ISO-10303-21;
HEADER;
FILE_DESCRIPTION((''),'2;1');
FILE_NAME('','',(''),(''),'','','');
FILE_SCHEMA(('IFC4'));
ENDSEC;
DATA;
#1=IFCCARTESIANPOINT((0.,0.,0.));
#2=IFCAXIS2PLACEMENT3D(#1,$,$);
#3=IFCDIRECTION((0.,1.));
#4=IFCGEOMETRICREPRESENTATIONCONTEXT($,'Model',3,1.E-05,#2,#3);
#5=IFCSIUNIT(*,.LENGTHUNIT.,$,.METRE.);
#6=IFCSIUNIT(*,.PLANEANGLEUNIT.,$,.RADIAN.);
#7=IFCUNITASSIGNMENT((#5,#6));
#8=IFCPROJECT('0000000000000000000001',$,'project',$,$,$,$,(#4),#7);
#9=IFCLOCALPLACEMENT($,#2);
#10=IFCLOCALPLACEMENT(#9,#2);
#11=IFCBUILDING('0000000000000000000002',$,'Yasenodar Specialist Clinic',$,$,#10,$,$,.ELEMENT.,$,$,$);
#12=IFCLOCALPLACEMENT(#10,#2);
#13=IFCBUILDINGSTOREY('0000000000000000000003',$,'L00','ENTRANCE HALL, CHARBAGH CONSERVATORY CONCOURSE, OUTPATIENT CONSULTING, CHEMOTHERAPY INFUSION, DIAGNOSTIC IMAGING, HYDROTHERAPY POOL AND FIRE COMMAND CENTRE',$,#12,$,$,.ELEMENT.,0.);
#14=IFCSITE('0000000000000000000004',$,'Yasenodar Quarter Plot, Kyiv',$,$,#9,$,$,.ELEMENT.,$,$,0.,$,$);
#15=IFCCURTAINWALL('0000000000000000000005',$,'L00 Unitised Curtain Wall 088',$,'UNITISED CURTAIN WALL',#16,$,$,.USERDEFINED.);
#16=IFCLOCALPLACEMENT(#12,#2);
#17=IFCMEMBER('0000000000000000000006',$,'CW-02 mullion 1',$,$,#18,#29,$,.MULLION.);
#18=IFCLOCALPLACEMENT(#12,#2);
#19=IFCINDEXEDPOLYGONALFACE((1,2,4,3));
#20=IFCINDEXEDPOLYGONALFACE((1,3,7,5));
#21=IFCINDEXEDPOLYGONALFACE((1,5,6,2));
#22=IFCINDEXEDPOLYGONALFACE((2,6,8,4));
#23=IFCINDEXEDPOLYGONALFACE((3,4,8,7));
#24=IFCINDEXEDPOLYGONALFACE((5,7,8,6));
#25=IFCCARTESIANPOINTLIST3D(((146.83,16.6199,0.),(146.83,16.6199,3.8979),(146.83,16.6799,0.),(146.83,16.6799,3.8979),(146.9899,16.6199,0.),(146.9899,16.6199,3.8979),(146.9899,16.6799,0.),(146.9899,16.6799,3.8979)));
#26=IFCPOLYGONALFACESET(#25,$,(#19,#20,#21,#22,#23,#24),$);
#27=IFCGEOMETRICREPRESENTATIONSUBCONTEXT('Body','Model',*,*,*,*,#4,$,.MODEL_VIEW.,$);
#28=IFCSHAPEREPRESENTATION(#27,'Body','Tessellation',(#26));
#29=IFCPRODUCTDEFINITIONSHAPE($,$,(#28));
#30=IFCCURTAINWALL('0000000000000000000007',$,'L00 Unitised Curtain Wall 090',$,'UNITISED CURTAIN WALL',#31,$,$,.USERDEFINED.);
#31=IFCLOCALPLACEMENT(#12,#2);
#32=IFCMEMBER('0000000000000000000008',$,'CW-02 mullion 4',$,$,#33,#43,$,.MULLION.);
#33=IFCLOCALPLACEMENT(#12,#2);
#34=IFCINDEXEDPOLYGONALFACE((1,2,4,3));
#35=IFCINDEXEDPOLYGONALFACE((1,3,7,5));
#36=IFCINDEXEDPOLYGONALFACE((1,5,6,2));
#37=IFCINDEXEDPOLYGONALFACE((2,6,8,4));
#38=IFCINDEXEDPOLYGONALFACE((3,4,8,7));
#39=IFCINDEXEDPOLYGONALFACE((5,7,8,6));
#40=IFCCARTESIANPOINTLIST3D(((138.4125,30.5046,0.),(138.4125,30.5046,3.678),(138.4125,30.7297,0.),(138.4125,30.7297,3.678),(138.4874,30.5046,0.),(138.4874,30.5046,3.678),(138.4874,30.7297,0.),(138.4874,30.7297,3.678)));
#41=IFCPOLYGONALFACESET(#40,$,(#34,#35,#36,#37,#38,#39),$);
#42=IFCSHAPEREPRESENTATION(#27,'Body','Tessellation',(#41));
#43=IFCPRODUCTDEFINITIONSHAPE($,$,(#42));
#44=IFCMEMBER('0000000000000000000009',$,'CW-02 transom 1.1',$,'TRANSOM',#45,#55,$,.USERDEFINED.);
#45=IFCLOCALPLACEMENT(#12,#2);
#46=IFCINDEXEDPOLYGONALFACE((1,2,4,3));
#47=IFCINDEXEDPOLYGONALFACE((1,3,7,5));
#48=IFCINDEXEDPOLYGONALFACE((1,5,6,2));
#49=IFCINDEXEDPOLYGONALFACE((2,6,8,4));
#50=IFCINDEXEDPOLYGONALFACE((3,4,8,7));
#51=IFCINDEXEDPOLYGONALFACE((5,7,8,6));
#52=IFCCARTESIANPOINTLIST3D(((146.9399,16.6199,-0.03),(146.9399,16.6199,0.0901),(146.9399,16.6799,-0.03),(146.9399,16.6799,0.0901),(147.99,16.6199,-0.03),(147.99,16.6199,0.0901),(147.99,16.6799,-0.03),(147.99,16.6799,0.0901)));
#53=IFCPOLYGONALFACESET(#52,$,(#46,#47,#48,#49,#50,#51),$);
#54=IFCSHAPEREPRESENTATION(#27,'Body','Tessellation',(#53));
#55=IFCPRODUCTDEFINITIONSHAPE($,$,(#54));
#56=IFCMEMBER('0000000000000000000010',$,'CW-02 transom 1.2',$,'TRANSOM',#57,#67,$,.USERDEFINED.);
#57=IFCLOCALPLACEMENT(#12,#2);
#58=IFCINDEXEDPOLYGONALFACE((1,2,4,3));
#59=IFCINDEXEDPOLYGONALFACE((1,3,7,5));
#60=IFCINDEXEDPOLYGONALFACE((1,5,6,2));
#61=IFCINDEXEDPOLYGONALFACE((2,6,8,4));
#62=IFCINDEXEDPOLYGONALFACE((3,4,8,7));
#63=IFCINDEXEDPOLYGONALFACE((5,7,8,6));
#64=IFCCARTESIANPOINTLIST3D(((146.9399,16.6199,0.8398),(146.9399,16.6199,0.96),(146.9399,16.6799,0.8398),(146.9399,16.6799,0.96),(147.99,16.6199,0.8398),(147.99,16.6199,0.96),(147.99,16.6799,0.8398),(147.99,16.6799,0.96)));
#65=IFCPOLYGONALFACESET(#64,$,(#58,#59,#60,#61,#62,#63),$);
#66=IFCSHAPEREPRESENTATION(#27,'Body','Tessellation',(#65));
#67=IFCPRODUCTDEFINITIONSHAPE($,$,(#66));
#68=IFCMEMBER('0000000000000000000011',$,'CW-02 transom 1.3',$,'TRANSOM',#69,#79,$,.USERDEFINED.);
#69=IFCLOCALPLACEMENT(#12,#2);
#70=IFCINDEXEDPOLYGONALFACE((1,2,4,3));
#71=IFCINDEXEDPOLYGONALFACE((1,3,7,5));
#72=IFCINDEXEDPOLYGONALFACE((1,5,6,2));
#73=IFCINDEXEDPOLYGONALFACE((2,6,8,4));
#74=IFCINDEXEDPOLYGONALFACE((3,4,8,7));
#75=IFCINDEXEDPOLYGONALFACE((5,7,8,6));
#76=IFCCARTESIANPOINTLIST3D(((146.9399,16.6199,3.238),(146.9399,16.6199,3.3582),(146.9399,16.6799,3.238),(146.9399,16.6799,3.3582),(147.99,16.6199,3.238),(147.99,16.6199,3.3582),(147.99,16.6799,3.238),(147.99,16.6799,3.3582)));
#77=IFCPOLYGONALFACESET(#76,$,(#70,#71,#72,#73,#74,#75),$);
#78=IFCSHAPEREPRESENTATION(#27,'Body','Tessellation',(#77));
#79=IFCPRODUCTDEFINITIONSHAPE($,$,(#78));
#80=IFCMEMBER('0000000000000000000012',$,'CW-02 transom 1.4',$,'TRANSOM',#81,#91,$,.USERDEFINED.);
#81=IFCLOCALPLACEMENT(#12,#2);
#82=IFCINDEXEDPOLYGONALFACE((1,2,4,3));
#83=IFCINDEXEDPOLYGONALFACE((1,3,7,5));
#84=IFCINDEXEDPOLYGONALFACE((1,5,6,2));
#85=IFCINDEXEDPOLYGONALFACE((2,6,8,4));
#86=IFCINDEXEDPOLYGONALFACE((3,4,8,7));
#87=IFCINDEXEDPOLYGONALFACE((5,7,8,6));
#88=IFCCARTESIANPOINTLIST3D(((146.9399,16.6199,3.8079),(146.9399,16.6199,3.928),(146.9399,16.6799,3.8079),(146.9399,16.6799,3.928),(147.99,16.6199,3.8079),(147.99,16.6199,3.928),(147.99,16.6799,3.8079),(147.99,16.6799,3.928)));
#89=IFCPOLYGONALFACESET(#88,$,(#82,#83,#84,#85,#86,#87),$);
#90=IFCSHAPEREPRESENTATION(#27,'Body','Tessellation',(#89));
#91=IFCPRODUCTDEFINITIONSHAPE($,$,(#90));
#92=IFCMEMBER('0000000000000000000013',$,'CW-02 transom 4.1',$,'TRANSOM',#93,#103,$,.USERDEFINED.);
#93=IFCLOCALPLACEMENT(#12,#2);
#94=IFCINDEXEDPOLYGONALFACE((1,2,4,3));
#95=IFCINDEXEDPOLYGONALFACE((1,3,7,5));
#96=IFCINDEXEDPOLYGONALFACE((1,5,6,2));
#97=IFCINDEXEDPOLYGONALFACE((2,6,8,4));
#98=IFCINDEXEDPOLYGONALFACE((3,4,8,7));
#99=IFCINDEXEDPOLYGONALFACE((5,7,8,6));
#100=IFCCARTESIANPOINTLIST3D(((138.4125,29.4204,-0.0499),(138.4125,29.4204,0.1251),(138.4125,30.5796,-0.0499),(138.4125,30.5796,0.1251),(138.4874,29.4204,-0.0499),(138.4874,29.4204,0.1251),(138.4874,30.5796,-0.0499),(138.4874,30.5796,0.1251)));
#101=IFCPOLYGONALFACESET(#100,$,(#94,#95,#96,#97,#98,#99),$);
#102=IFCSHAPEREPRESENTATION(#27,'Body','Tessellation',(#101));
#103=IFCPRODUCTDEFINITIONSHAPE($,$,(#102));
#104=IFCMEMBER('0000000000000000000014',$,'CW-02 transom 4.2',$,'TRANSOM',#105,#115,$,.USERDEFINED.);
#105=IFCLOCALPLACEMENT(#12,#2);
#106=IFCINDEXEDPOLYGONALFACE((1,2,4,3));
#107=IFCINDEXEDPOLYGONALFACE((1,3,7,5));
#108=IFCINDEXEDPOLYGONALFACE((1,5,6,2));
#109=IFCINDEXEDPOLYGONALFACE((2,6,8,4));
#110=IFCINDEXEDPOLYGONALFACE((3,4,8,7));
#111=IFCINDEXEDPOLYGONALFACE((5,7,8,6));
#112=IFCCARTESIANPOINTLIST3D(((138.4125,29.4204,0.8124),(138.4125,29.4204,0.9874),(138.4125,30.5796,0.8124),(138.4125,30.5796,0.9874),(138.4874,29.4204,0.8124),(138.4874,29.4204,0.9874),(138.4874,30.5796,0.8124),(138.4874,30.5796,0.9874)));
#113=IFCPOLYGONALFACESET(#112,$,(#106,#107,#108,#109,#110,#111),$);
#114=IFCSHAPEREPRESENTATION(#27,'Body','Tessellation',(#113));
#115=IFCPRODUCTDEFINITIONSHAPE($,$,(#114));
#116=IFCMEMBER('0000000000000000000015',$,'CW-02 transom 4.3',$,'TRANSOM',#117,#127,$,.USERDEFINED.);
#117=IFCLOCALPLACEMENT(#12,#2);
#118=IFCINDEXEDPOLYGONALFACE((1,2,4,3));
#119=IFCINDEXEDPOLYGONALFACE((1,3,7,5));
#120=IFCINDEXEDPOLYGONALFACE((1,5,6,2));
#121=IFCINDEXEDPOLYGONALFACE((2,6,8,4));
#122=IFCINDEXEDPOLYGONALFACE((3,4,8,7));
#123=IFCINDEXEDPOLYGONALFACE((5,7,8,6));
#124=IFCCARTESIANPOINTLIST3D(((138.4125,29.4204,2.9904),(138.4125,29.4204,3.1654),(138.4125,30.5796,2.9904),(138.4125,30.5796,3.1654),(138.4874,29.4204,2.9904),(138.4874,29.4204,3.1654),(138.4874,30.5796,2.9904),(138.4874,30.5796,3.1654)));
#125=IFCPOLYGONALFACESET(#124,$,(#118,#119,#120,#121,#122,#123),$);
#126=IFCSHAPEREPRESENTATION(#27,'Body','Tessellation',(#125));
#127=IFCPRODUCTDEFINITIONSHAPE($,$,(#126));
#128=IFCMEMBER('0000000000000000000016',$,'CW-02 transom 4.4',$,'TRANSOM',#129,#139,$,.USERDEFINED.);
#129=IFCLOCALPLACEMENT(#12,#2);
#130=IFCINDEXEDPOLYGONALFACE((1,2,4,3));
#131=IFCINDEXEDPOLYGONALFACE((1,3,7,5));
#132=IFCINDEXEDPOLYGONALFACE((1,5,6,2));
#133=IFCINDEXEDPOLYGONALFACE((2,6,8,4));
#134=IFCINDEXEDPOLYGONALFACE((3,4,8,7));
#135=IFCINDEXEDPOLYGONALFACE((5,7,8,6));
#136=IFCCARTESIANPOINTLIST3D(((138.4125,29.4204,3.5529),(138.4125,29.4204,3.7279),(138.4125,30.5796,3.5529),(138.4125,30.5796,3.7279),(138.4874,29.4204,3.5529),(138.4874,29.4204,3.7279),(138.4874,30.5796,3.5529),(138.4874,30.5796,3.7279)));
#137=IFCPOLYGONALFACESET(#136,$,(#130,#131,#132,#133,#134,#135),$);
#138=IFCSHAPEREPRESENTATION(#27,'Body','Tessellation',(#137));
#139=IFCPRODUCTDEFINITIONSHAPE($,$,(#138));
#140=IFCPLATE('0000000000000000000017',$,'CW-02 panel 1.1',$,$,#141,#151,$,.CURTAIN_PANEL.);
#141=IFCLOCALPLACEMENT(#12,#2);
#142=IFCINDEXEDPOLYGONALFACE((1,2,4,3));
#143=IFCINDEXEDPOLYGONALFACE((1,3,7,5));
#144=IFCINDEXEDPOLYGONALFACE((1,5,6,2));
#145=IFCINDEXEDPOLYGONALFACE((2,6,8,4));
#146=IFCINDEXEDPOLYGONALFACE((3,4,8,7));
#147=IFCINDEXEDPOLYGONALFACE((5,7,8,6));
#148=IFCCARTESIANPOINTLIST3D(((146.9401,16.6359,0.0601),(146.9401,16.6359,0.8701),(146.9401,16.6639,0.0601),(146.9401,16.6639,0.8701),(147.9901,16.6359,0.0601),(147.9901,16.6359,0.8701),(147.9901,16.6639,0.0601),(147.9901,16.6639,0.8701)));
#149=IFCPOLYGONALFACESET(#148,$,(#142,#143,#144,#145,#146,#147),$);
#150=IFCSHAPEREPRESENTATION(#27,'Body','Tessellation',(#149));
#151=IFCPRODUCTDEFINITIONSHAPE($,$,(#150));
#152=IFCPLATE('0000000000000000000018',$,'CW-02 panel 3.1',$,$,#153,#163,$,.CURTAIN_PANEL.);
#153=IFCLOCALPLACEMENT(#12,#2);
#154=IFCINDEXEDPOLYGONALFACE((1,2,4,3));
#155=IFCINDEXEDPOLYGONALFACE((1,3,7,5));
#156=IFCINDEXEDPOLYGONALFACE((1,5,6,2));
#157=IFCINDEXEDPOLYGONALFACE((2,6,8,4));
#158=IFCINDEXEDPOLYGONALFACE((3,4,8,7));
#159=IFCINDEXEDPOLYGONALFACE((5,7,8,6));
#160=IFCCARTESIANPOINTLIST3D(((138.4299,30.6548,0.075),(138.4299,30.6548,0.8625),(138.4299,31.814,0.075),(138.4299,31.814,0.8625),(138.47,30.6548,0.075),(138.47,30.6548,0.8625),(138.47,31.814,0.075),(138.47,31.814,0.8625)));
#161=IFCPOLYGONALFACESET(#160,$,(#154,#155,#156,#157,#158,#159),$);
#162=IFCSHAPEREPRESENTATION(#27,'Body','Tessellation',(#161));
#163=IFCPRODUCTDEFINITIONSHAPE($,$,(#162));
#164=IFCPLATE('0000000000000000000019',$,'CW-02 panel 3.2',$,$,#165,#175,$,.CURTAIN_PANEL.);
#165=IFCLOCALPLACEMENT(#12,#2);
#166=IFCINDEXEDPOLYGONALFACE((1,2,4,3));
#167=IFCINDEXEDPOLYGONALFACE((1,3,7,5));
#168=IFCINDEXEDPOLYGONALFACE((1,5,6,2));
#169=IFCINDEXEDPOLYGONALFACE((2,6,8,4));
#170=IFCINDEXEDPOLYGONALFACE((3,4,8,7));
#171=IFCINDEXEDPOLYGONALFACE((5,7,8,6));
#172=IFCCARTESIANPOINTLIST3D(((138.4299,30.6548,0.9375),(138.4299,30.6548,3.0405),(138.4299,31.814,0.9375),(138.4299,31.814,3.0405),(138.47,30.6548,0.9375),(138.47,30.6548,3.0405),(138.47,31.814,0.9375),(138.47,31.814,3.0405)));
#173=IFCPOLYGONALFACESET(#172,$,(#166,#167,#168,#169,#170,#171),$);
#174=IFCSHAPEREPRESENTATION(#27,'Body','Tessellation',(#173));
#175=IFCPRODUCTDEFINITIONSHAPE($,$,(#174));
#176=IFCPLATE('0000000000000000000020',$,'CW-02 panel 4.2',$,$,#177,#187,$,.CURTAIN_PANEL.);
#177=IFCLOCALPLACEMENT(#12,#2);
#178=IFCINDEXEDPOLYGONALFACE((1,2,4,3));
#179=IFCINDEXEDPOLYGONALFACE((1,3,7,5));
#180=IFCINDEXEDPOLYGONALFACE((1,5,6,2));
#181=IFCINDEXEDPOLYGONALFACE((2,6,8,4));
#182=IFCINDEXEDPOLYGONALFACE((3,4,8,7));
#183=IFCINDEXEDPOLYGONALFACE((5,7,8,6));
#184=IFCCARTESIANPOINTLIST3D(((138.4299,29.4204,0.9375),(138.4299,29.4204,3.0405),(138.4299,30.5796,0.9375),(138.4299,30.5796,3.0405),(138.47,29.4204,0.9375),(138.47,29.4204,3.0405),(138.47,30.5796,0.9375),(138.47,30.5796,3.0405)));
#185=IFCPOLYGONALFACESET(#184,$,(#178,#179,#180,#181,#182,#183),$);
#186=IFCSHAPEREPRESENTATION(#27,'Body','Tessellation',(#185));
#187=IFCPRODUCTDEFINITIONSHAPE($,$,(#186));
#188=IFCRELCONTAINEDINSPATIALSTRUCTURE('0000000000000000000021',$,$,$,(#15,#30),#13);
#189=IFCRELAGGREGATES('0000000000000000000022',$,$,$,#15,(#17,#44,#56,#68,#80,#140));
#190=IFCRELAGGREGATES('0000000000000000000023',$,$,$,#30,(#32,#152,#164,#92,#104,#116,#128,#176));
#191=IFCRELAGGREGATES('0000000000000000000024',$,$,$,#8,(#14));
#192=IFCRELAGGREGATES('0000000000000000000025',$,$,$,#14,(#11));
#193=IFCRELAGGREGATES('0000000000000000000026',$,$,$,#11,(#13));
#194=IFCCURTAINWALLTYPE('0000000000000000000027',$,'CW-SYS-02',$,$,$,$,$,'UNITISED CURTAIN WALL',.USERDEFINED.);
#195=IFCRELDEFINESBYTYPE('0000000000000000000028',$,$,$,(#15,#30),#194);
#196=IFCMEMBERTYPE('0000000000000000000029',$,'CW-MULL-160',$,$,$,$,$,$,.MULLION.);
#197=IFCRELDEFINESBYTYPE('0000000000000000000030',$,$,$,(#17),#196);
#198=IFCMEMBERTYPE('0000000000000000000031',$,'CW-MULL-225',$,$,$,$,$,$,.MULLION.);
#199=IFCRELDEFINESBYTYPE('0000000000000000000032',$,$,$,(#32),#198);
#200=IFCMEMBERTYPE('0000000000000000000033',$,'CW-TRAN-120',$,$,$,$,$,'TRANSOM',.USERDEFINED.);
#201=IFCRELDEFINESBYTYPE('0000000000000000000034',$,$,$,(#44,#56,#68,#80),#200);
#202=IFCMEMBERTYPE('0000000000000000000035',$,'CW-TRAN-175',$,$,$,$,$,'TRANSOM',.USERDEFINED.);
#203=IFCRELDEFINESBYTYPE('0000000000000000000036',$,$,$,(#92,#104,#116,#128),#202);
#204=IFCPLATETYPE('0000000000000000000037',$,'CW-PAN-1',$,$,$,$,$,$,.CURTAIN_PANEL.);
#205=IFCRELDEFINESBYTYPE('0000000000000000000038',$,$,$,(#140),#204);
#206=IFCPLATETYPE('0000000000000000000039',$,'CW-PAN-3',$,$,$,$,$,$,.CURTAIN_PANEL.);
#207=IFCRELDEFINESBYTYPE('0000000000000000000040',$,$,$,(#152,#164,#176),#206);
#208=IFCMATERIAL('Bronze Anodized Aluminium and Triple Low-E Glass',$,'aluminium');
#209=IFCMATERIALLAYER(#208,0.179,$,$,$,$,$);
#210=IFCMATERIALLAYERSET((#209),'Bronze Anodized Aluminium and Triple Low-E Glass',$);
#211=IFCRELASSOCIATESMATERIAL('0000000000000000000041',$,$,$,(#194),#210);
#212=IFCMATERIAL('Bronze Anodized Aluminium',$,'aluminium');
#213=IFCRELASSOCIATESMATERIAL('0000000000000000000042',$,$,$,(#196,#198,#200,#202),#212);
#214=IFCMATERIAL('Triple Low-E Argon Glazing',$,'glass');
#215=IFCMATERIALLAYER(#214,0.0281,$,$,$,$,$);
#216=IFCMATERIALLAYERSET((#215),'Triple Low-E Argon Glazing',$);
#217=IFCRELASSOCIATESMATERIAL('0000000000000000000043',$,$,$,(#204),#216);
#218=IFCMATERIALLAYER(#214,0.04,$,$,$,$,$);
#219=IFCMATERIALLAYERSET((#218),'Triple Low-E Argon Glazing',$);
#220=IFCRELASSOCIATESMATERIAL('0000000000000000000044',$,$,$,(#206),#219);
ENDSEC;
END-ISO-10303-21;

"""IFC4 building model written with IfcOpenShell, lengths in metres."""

from ifc_helpers import new_model, si_unit, direction, frame, origin, origin_2d, place, context, subcontext, project, spatial, rectangle, extrude, material, layer, layer_set, material_profile, profile_set, type_object, element, aggregate, save


model = new_model("IFC4")

# Units and contexts
model_context = context("Model", 3, precision=1e-05, world=origin(), true_north=direction((0.0, 1.0)))
body_context = subcontext(model_context, "Body", "Model", "MODEL_VIEW")
ifc_project = project(units=[si_unit("LENGTHUNIT", "METRE"), si_unit("PLANEANGLEUNIT", "RADIAN")], contexts=[model_context])

# Site, building, storey
site_placement = place(None, origin())
site = spatial("IfcSite", under=ifc_project, at=site_placement, Name="Yasenodar Quarter Plot, Kyiv", CompositionType="ELEMENT", RefElevation=0.0)
building_placement = place(site_placement, origin())
building = spatial("IfcBuilding", under=site, at=building_placement, Name="Yasenodar Specialist Clinic", CompositionType="ELEMENT")
storey_placement = place(building_placement, origin())
storey = spatial("IfcBuildingStorey", under=building, at=storey_placement, Name="L00", Description="ENTRANCE HALL, CHARBAGH CONSERVATORY CONCOURSE, OUTPATIENT CONSULTING, CHEMOTHERAPY INFUSION, DIAGNOSTIC IMAGING, HYDROTHERAPY POOL AND FIRE COMMAND CENTRE", CompositionType="ELEMENT", Elevation=0.0)

# Curtain walls, members
ifc_material_1 = material(Name="Bronze Anodized Aluminium and Triple Low-E Glass", Category="aluminium")
ifc_layer_1 = layer(ifc_material_1, 0.179)
ifc_layer_set_1 = layer_set([ifc_layer_1], Name="Bronze Anodized Aluminium and Triple Low-E Glass")
curtain_wall_type = type_object("IfcCurtainWallType", Name="CW-SYS-02", ElementType="UNITISED CURTAIN WALL", PredefinedType="USERDEFINED", material=ifc_layer_set_1)
curtain_wall_1_placement = place(storey_placement, origin())
curtain_wall_1 = element("IfcCurtainWall", 1, at=curtain_wall_1_placement, inside=storey, type_object=curtain_wall_type, Name="L00 Unitised Curtain Wall 088", ObjectType="UNITISED CURTAIN WALL", PredefinedType="USERDEFINED")
ifc_material_2 = material(Name="Bronze Anodized Aluminium", Category="aluminium")
ifc_material_profile_1 = material_profile(ifc_material_2, rectangle(XDim=0.0601, YDim=0.1599, at=origin_2d()), Name="CW-MULL 60x160")
ifc_profile_set_1 = profile_set([ifc_material_profile_1], Name="Bronze Anodized Aluminium")
member_type_1 = type_object("IfcMemberType", Name="CW-MULL-160", PredefinedType="MULLION", material=ifc_profile_set_1)
member_1_placement = place(storey_placement, frame((146.9099, 16.6499, 0.0), z_axis=(0.0, 0.0, 1.0), x_axis=(0.0, 1.0, 0.0)))
member_1 = element("IfcMember", 2, at=member_1_placement, type_object=member_type_1, Name="CW-02 mullion 1", PredefinedType="MULLION", context=body_context, shape_type="SweptSolid", body=[
    extrude(rectangle(XDim=0.0601, YDim=0.1599, at=origin_2d()), origin(), (0.0, 0.0, 1.0), 3.8979),
])
curtain_wall_2_placement = place(storey_placement, origin())
curtain_wall_2 = element("IfcCurtainWall", 3, at=curtain_wall_2_placement, inside=storey, type_object=curtain_wall_type, Name="L00 Unitised Curtain Wall 090", ObjectType="UNITISED CURTAIN WALL", PredefinedType="USERDEFINED")
ifc_material_profile_2 = material_profile(ifc_material_2, rectangle(XDim=0.075, YDim=0.2251, at=origin_2d()), Name="CW-MULL 75x225")
ifc_profile_set_2 = profile_set([ifc_material_profile_2], Name="Bronze Anodized Aluminium")
member_type_2 = type_object("IfcMemberType", Name="CW-MULL-225", PredefinedType="MULLION", material=ifc_profile_set_2)
member_2_placement = place(storey_placement, frame((138.45, 30.6172, 0.0), z_axis=(0.0, 0.0, 1.0), x_axis=(1.0, 0.0, 0.0)))
member_2 = element("IfcMember", 4, at=member_2_placement, type_object=member_type_2, Name="CW-02 mullion 4", PredefinedType="MULLION", context=body_context, shape_type="SweptSolid", body=[
    extrude(rectangle(XDim=0.075, YDim=0.2251, at=origin_2d()), origin(), (0.0, 0.0, 1.0), 3.678),
])

# Members
ifc_material_profile_3 = material_profile(ifc_material_2, rectangle(XDim=0.0601, YDim=0.1201, at=origin_2d()), Name="CW-TRAN 60x120")
ifc_profile_set_3 = profile_set([ifc_material_profile_3], Name="Bronze Anodized Aluminium")
member_type_3 = type_object("IfcMemberType", Name="CW-TRAN-120", ElementType="TRANSOM", PredefinedType="USERDEFINED", material=ifc_profile_set_3)
member_3_placement = place(storey_placement, frame((146.9399, 16.6499, 0.03), z_axis=(1.0, 0.0, 0.0), x_axis=(0.0, 1.0, 0.0)))
member_3 = element("IfcMember", 5, at=member_3_placement, type_object=member_type_3, Name="CW-02 transom 1.1", ObjectType="TRANSOM", PredefinedType="USERDEFINED", context=body_context, shape_type="SweptSolid", body=[
    extrude(rectangle(XDim=0.0601, YDim=0.1201, at=origin_2d()), origin(), (0.0, 0.0, 1.0), 1.05),
])
member_4_placement = place(storey_placement, frame((146.9399, 16.6499, 0.8999), z_axis=(1.0, 0.0, 0.0), x_axis=(0.0, 1.0, 0.0)))
member_4 = element("IfcMember", 6, at=member_4_placement, type_object=member_type_3, Name="CW-02 transom 1.2", ObjectType="TRANSOM", PredefinedType="USERDEFINED", context=body_context, shape_type="SweptSolid", body=[
    extrude(rectangle(XDim=0.0601, YDim=0.1201, at=origin_2d()), origin(), (0.0, 0.0, 1.0), 1.05),
])
member_5_placement = place(storey_placement, frame((146.9399, 16.6499, 3.2981), z_axis=(1.0, 0.0, 0.0), x_axis=(0.0, 1.0, 0.0)))
member_5 = element("IfcMember", 7, at=member_5_placement, type_object=member_type_3, Name="CW-02 transom 1.3", ObjectType="TRANSOM", PredefinedType="USERDEFINED", context=body_context, shape_type="SweptSolid", body=[
    extrude(rectangle(XDim=0.0601, YDim=0.1201, at=origin_2d()), origin(), (0.0, 0.0, 1.0), 1.05),
])
member_6_placement = place(storey_placement, frame((146.9399, 16.6499, 3.8679), z_axis=(1.0, 0.0, 0.0), x_axis=(0.0, 1.0, 0.0)))
member_6 = element("IfcMember", 8, at=member_6_placement, type_object=member_type_3, Name="CW-02 transom 1.4", ObjectType="TRANSOM", PredefinedType="USERDEFINED", context=body_context, shape_type="SweptSolid", body=[
    extrude(rectangle(XDim=0.0601, YDim=0.1201, at=origin_2d()), origin(), (0.0, 0.0, 1.0), 1.05),
])
ifc_material_profile_4 = material_profile(ifc_material_2, rectangle(XDim=0.075, YDim=0.175, at=origin_2d()), Name="CW-TRAN 75x175")
ifc_profile_set_4 = profile_set([ifc_material_profile_4], Name="Bronze Anodized Aluminium")
member_type_4 = type_object("IfcMemberType", Name="CW-TRAN-175", ElementType="TRANSOM", PredefinedType="USERDEFINED", material=ifc_profile_set_4)
member_7_placement = place(storey_placement, frame((138.45, 30.5796, 0.0376), z_axis=(0.0, -1.0, 0.0), x_axis=(1.0, 0.0, 0.0)))
member_7 = element("IfcMember", 9, at=member_7_placement, type_object=member_type_4, Name="CW-02 transom 4.1", ObjectType="TRANSOM", PredefinedType="USERDEFINED", context=body_context, shape_type="SweptSolid", body=[
    extrude(rectangle(XDim=0.075, YDim=0.175, at=origin_2d()), origin(), (0.0, 0.0, 1.0), 1.1592),
])
member_8_placement = place(storey_placement, frame((138.45, 30.5796, 0.8999), z_axis=(0.0, -1.0, 0.0), x_axis=(1.0, 0.0, 0.0)))
member_8 = element("IfcMember", 10, at=member_8_placement, type_object=member_type_4, Name="CW-02 transom 4.2", ObjectType="TRANSOM", PredefinedType="USERDEFINED", context=body_context, shape_type="SweptSolid", body=[
    extrude(rectangle(XDim=0.075, YDim=0.175, at=origin_2d()), origin(), (0.0, 0.0, 1.0), 1.1592),
])
member_9_placement = place(storey_placement, frame((138.45, 30.5796, 3.0779), z_axis=(0.0, -1.0, 0.0), x_axis=(1.0, 0.0, 0.0)))
member_9 = element("IfcMember", 11, at=member_9_placement, type_object=member_type_4, Name="CW-02 transom 4.3", ObjectType="TRANSOM", PredefinedType="USERDEFINED", context=body_context, shape_type="SweptSolid", body=[
    extrude(rectangle(XDim=0.075, YDim=0.175, at=origin_2d()), origin(), (0.0, 0.0, 1.0), 1.1592),
])
member_10_placement = place(storey_placement, frame((138.45, 30.5796, 3.6404), z_axis=(0.0, -1.0, 0.0), x_axis=(1.0, 0.0, 0.0)))
member_10 = element("IfcMember", 12, at=member_10_placement, type_object=member_type_4, Name="CW-02 transom 4.4", ObjectType="TRANSOM", PredefinedType="USERDEFINED", context=body_context, shape_type="SweptSolid", body=[
    extrude(rectangle(XDim=0.075, YDim=0.175, at=origin_2d()), origin(), (0.0, 0.0, 1.0), 1.1592),
])

# Plates
ifc_material_3 = material(Name="Triple Low-E Argon Glazing", Category="glass")
ifc_layer_2 = layer(ifc_material_3, 0.0281)
ifc_layer_set_2 = layer_set([ifc_layer_2], Name="Triple Low-E Argon Glazing")
plate_type_1 = type_object("IfcPlateType", Name="CW-PAN-1", PredefinedType="CURTAIN_PANEL", material=ifc_layer_set_2)
plate_1_placement = place(storey_placement, frame((147.4651, 16.6499, 0.0601), z_axis=(0.0, 0.0, 1.0), x_axis=(1.0, 0.0, 0.0)))
plate_1 = element("IfcPlate", 13, at=plate_1_placement, type_object=plate_type_1, Name="CW-02 panel 1.1", PredefinedType="CURTAIN_PANEL", context=body_context, shape_type="SweptSolid", body=[
    extrude(rectangle(XDim=1.05, YDim=0.0281, at=origin_2d()), origin(), (0.0, 0.0, 1.0), 0.8101),
])
aggregate(curtain_wall_1, [member_1, member_3, member_4, member_5, member_6, plate_1])
ifc_layer_3 = layer(ifc_material_3, 0.04)
ifc_layer_set_3 = layer_set([ifc_layer_3], Name="Triple Low-E Argon Glazing")
plate_type_2 = type_object("IfcPlateType", Name="CW-PAN-3", PredefinedType="CURTAIN_PANEL", material=ifc_layer_set_3)
plate_2_placement = place(storey_placement, frame((138.45, 31.2344, 0.075), z_axis=(0.0, 0.0, 1.0), x_axis=(0.0, -1.0, 0.0)))
plate_2 = element("IfcPlate", 14, at=plate_2_placement, type_object=plate_type_2, Name="CW-02 panel 3.1", PredefinedType="CURTAIN_PANEL", context=body_context, shape_type="SweptSolid", body=[
    extrude(rectangle(XDim=1.1592, YDim=0.04, at=origin_2d()), origin(), (0.0, 0.0, 1.0), 0.7876),
])
plate_3_placement = place(storey_placement, frame((138.45, 31.2344, 0.9375), z_axis=(0.0, 0.0, 1.0), x_axis=(0.0, -1.0, 0.0)))
plate_3 = element("IfcPlate", 15, at=plate_3_placement, type_object=plate_type_2, Name="CW-02 panel 3.2", PredefinedType="CURTAIN_PANEL", context=body_context, shape_type="SweptSolid", body=[
    extrude(rectangle(XDim=1.1592, YDim=0.04, at=origin_2d()), origin(), (0.0, 0.0, 1.0), 2.103),
])
plate_4_placement = place(storey_placement, frame((138.45, 30.0, 0.9375), z_axis=(0.0, 0.0, 1.0), x_axis=(0.0, -1.0, 0.0)))
plate_4 = element("IfcPlate", 16, at=plate_4_placement, type_object=plate_type_2, Name="CW-02 panel 4.2", PredefinedType="CURTAIN_PANEL", context=body_context, shape_type="SweptSolid", body=[
    extrude(rectangle(XDim=1.1592, YDim=0.04, at=origin_2d()), origin(), (0.0, 0.0, 1.0), 2.103),
])
aggregate(curtain_wall_2, [member_2, plate_2, plate_3, member_7, member_8, member_9, member_10, plate_4])

save(model, "model.ifc")
